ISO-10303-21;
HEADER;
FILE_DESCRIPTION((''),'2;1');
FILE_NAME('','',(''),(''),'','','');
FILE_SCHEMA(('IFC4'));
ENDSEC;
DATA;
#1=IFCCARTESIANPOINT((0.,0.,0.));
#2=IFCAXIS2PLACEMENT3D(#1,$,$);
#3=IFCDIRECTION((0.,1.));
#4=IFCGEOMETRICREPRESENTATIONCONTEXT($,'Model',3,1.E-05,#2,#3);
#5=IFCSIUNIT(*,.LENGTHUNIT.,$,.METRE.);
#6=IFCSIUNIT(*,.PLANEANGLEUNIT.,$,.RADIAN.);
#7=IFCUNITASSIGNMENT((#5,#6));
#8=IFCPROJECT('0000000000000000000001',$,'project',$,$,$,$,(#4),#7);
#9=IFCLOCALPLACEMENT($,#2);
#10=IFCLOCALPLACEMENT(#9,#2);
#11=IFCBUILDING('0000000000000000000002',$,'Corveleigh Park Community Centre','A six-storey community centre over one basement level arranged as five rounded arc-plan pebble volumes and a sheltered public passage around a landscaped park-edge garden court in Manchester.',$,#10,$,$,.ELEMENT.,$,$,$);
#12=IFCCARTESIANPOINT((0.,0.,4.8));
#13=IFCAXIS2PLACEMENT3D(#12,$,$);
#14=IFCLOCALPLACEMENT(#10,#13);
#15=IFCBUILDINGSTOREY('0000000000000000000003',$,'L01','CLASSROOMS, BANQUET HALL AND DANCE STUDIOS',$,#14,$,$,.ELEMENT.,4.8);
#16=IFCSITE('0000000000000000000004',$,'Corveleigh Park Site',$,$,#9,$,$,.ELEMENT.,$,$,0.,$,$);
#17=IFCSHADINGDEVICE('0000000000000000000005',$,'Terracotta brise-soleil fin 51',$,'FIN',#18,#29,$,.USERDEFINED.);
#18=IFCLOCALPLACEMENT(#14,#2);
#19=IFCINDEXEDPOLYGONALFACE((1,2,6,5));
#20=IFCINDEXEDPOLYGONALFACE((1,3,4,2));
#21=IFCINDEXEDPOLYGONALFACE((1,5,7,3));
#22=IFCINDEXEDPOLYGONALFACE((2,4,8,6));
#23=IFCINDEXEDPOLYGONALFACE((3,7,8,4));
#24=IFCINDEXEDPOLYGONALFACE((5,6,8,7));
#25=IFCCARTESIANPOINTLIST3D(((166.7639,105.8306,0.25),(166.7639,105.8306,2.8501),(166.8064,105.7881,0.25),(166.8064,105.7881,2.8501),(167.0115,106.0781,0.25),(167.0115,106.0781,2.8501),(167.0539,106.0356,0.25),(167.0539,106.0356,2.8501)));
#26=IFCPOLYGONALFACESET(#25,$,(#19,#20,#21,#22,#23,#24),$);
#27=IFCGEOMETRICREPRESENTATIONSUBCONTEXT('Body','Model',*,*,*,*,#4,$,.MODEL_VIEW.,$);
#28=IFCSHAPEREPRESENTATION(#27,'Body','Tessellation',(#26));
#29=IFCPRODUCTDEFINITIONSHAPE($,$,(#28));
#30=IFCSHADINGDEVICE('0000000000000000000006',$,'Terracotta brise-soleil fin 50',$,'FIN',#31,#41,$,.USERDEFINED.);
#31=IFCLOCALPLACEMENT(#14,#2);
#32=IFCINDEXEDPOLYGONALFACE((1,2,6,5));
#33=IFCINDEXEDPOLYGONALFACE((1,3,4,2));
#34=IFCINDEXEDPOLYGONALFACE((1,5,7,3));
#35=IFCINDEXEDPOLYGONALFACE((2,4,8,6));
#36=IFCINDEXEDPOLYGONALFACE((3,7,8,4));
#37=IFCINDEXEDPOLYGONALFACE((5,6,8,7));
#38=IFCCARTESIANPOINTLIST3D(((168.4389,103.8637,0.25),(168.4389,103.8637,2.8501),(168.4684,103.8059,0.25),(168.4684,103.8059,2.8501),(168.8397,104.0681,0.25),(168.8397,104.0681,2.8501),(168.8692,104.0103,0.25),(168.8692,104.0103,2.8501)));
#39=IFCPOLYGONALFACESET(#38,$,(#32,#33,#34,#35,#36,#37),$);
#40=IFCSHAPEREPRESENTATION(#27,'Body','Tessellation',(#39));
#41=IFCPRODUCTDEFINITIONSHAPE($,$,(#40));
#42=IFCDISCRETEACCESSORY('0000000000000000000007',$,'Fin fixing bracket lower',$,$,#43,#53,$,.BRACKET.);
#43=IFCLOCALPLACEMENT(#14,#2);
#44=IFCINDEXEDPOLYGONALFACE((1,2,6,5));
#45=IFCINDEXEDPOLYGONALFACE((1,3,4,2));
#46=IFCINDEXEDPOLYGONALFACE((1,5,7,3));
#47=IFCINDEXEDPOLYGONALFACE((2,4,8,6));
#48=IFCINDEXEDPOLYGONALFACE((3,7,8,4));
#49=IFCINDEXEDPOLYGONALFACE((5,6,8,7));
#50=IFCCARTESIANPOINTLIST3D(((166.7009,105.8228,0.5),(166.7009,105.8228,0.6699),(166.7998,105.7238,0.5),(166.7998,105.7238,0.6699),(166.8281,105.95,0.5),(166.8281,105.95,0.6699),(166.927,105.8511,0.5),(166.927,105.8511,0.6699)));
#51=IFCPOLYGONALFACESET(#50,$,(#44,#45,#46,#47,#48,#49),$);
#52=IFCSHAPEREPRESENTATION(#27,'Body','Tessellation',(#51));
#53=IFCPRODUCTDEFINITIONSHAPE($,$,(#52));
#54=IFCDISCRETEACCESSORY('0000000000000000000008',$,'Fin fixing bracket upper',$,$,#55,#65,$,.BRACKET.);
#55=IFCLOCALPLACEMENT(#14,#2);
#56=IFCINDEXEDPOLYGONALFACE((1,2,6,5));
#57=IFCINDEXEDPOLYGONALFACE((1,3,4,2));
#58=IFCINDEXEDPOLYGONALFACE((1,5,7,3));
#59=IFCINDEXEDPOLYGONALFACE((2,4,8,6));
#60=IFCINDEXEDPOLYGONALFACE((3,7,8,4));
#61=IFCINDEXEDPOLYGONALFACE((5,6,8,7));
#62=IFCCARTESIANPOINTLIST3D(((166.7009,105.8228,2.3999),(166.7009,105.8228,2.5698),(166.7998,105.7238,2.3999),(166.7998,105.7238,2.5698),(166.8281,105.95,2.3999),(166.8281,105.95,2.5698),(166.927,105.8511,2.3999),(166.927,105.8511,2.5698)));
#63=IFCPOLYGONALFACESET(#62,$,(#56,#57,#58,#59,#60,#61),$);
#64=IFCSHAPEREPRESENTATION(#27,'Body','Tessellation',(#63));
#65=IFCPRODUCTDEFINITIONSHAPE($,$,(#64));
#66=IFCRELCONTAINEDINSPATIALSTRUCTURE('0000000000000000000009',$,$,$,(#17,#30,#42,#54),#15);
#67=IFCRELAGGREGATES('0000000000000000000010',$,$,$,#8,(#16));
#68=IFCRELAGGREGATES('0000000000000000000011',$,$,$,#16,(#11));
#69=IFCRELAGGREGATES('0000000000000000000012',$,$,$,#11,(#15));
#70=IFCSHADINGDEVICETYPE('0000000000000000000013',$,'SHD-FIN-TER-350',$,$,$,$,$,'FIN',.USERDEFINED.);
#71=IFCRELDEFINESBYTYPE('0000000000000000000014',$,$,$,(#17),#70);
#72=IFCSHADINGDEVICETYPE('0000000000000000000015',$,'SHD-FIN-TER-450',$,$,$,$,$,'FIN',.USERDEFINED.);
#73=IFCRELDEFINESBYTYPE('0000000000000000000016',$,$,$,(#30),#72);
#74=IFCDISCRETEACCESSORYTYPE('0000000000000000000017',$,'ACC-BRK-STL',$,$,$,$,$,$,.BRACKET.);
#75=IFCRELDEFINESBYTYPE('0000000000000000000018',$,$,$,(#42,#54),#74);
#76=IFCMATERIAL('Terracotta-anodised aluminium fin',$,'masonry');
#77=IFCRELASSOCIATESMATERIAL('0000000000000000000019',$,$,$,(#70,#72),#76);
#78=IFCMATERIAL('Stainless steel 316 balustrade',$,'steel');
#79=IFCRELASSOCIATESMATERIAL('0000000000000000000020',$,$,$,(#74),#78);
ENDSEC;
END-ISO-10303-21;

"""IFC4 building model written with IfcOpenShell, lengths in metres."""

from ifc_helpers import new_model, si_unit, direction, frame, origin, origin_2d, place, context, subcontext, project, spatial, rectangle, extrude, material, type_object, element, save


model = new_model("IFC4")

# Units and contexts
model_context = context("Model", 3, precision=1e-05, world=origin(), true_north=direction((0.0, 1.0)))
body_context = subcontext(model_context, "Body", "Model", "MODEL_VIEW")
ifc_project = project(units=[si_unit("LENGTHUNIT", "METRE"), si_unit("PLANEANGLEUNIT", "RADIAN")], contexts=[model_context])

# Site, building, storey
site_placement = place(None, origin())
site = spatial("IfcSite", under=ifc_project, at=site_placement, Name="Corveleigh Park Site", CompositionType="ELEMENT", RefElevation=0.0)
building_placement = place(site_placement, origin())
building = spatial("IfcBuilding", under=site, at=building_placement, Name="Corveleigh Park Community Centre", Description="A six-storey community centre over one basement level arranged as five rounded arc-plan pebble volumes and a sheltered public passage around a landscaped park-edge garden court in Manchester.", CompositionType="ELEMENT")
storey_placement = place(building_placement, frame((0.0, 0.0, 4.8)))
storey = spatial("IfcBuildingStorey", under=building, at=storey_placement, Name="L01", Description="CLASSROOMS, BANQUET HALL AND DANCE STUDIOS", CompositionType="ELEMENT", Elevation=4.8)

# Shading devices
ifc_material_1 = material(Name="Terracotta-anodised aluminium fin", Category="masonry")
shading_device_type_1 = type_object("IfcShadingDeviceType", Name="SHD-FIN-TER-350", ElementType="FIN", PredefinedType="USERDEFINED", material=ifc_material_1)
shading_device_1_placement = place(storey_placement, frame((166.9089, 105.9331, 0.25), z_axis=(0.0, 0.0, 1.0), x_axis=(0.707107, 0.707107, 0.0)))
element("IfcShadingDevice", 1, at=shading_device_1_placement, inside=storey, type_object=shading_device_type_1, Name="Terracotta brise-soleil fin 51", ObjectType="FIN", PredefinedType="USERDEFINED", context=body_context, shape_type="SweptSolid", body=[
    extrude(rectangle(XDim=0.3501, YDim=0.0601, at=origin_2d()), origin(), (0.0, 0.0, 1.0), 2.6001),
])
shading_device_type_2 = type_object("IfcShadingDeviceType", Name="SHD-FIN-TER-450", ElementType="FIN", PredefinedType="USERDEFINED", material=ifc_material_1)
shading_device_2_placement = place(storey_placement, frame((168.6541, 103.937, 0.25), z_axis=(0.0, 0.0, 1.0), x_axis=(0.890865, 0.454269, 0.0)))
element("IfcShadingDevice", 2, at=shading_device_2_placement, inside=storey, type_object=shading_device_type_2, Name="Terracotta brise-soleil fin 50", ObjectType="FIN", PredefinedType="USERDEFINED", context=body_context, shape_type="SweptSolid", body=[
    extrude(rectangle(XDim=0.45, YDim=0.0649, at=origin_2d()), origin(), (0.0, 0.0, 1.0), 2.6001),
])

# Discrete accessories
ifc_material_2 = material(Name="Stainless steel 316 balustrade", Category="steel")
discrete_accessory_type = type_object("IfcDiscreteAccessoryType", Name="ACC-BRK-STL", PredefinedType="BRACKET", material=ifc_material_2)
for number, where, z_axis, x_axis, name in (
    (3, (166.814, 105.8369, 0.5), (0.0, 0.0, 1.0), (0.707107, 0.707107, 0.0), "Fin fixing bracket lower"),
    (4, (166.814, 105.8369, 2.3999), (0.0, 0.0, 1.0), (0.707107, 0.707107, 0.0), "Fin fixing bracket upper"),
):
    element("IfcDiscreteAccessory", number, at=place(storey_placement, frame(where, z_axis=z_axis, x_axis=x_axis)), inside=storey, type_object=discrete_accessory_type, Name=name, PredefinedType="BRACKET", context=body_context, shape_type="SweptSolid", body=[
        extrude(rectangle(XDim=0.1799, YDim=0.1399, at=origin_2d()), origin(), (0.0, 0.0, 1.0), 0.1699),
    ])

save(model, "model.ifc")
